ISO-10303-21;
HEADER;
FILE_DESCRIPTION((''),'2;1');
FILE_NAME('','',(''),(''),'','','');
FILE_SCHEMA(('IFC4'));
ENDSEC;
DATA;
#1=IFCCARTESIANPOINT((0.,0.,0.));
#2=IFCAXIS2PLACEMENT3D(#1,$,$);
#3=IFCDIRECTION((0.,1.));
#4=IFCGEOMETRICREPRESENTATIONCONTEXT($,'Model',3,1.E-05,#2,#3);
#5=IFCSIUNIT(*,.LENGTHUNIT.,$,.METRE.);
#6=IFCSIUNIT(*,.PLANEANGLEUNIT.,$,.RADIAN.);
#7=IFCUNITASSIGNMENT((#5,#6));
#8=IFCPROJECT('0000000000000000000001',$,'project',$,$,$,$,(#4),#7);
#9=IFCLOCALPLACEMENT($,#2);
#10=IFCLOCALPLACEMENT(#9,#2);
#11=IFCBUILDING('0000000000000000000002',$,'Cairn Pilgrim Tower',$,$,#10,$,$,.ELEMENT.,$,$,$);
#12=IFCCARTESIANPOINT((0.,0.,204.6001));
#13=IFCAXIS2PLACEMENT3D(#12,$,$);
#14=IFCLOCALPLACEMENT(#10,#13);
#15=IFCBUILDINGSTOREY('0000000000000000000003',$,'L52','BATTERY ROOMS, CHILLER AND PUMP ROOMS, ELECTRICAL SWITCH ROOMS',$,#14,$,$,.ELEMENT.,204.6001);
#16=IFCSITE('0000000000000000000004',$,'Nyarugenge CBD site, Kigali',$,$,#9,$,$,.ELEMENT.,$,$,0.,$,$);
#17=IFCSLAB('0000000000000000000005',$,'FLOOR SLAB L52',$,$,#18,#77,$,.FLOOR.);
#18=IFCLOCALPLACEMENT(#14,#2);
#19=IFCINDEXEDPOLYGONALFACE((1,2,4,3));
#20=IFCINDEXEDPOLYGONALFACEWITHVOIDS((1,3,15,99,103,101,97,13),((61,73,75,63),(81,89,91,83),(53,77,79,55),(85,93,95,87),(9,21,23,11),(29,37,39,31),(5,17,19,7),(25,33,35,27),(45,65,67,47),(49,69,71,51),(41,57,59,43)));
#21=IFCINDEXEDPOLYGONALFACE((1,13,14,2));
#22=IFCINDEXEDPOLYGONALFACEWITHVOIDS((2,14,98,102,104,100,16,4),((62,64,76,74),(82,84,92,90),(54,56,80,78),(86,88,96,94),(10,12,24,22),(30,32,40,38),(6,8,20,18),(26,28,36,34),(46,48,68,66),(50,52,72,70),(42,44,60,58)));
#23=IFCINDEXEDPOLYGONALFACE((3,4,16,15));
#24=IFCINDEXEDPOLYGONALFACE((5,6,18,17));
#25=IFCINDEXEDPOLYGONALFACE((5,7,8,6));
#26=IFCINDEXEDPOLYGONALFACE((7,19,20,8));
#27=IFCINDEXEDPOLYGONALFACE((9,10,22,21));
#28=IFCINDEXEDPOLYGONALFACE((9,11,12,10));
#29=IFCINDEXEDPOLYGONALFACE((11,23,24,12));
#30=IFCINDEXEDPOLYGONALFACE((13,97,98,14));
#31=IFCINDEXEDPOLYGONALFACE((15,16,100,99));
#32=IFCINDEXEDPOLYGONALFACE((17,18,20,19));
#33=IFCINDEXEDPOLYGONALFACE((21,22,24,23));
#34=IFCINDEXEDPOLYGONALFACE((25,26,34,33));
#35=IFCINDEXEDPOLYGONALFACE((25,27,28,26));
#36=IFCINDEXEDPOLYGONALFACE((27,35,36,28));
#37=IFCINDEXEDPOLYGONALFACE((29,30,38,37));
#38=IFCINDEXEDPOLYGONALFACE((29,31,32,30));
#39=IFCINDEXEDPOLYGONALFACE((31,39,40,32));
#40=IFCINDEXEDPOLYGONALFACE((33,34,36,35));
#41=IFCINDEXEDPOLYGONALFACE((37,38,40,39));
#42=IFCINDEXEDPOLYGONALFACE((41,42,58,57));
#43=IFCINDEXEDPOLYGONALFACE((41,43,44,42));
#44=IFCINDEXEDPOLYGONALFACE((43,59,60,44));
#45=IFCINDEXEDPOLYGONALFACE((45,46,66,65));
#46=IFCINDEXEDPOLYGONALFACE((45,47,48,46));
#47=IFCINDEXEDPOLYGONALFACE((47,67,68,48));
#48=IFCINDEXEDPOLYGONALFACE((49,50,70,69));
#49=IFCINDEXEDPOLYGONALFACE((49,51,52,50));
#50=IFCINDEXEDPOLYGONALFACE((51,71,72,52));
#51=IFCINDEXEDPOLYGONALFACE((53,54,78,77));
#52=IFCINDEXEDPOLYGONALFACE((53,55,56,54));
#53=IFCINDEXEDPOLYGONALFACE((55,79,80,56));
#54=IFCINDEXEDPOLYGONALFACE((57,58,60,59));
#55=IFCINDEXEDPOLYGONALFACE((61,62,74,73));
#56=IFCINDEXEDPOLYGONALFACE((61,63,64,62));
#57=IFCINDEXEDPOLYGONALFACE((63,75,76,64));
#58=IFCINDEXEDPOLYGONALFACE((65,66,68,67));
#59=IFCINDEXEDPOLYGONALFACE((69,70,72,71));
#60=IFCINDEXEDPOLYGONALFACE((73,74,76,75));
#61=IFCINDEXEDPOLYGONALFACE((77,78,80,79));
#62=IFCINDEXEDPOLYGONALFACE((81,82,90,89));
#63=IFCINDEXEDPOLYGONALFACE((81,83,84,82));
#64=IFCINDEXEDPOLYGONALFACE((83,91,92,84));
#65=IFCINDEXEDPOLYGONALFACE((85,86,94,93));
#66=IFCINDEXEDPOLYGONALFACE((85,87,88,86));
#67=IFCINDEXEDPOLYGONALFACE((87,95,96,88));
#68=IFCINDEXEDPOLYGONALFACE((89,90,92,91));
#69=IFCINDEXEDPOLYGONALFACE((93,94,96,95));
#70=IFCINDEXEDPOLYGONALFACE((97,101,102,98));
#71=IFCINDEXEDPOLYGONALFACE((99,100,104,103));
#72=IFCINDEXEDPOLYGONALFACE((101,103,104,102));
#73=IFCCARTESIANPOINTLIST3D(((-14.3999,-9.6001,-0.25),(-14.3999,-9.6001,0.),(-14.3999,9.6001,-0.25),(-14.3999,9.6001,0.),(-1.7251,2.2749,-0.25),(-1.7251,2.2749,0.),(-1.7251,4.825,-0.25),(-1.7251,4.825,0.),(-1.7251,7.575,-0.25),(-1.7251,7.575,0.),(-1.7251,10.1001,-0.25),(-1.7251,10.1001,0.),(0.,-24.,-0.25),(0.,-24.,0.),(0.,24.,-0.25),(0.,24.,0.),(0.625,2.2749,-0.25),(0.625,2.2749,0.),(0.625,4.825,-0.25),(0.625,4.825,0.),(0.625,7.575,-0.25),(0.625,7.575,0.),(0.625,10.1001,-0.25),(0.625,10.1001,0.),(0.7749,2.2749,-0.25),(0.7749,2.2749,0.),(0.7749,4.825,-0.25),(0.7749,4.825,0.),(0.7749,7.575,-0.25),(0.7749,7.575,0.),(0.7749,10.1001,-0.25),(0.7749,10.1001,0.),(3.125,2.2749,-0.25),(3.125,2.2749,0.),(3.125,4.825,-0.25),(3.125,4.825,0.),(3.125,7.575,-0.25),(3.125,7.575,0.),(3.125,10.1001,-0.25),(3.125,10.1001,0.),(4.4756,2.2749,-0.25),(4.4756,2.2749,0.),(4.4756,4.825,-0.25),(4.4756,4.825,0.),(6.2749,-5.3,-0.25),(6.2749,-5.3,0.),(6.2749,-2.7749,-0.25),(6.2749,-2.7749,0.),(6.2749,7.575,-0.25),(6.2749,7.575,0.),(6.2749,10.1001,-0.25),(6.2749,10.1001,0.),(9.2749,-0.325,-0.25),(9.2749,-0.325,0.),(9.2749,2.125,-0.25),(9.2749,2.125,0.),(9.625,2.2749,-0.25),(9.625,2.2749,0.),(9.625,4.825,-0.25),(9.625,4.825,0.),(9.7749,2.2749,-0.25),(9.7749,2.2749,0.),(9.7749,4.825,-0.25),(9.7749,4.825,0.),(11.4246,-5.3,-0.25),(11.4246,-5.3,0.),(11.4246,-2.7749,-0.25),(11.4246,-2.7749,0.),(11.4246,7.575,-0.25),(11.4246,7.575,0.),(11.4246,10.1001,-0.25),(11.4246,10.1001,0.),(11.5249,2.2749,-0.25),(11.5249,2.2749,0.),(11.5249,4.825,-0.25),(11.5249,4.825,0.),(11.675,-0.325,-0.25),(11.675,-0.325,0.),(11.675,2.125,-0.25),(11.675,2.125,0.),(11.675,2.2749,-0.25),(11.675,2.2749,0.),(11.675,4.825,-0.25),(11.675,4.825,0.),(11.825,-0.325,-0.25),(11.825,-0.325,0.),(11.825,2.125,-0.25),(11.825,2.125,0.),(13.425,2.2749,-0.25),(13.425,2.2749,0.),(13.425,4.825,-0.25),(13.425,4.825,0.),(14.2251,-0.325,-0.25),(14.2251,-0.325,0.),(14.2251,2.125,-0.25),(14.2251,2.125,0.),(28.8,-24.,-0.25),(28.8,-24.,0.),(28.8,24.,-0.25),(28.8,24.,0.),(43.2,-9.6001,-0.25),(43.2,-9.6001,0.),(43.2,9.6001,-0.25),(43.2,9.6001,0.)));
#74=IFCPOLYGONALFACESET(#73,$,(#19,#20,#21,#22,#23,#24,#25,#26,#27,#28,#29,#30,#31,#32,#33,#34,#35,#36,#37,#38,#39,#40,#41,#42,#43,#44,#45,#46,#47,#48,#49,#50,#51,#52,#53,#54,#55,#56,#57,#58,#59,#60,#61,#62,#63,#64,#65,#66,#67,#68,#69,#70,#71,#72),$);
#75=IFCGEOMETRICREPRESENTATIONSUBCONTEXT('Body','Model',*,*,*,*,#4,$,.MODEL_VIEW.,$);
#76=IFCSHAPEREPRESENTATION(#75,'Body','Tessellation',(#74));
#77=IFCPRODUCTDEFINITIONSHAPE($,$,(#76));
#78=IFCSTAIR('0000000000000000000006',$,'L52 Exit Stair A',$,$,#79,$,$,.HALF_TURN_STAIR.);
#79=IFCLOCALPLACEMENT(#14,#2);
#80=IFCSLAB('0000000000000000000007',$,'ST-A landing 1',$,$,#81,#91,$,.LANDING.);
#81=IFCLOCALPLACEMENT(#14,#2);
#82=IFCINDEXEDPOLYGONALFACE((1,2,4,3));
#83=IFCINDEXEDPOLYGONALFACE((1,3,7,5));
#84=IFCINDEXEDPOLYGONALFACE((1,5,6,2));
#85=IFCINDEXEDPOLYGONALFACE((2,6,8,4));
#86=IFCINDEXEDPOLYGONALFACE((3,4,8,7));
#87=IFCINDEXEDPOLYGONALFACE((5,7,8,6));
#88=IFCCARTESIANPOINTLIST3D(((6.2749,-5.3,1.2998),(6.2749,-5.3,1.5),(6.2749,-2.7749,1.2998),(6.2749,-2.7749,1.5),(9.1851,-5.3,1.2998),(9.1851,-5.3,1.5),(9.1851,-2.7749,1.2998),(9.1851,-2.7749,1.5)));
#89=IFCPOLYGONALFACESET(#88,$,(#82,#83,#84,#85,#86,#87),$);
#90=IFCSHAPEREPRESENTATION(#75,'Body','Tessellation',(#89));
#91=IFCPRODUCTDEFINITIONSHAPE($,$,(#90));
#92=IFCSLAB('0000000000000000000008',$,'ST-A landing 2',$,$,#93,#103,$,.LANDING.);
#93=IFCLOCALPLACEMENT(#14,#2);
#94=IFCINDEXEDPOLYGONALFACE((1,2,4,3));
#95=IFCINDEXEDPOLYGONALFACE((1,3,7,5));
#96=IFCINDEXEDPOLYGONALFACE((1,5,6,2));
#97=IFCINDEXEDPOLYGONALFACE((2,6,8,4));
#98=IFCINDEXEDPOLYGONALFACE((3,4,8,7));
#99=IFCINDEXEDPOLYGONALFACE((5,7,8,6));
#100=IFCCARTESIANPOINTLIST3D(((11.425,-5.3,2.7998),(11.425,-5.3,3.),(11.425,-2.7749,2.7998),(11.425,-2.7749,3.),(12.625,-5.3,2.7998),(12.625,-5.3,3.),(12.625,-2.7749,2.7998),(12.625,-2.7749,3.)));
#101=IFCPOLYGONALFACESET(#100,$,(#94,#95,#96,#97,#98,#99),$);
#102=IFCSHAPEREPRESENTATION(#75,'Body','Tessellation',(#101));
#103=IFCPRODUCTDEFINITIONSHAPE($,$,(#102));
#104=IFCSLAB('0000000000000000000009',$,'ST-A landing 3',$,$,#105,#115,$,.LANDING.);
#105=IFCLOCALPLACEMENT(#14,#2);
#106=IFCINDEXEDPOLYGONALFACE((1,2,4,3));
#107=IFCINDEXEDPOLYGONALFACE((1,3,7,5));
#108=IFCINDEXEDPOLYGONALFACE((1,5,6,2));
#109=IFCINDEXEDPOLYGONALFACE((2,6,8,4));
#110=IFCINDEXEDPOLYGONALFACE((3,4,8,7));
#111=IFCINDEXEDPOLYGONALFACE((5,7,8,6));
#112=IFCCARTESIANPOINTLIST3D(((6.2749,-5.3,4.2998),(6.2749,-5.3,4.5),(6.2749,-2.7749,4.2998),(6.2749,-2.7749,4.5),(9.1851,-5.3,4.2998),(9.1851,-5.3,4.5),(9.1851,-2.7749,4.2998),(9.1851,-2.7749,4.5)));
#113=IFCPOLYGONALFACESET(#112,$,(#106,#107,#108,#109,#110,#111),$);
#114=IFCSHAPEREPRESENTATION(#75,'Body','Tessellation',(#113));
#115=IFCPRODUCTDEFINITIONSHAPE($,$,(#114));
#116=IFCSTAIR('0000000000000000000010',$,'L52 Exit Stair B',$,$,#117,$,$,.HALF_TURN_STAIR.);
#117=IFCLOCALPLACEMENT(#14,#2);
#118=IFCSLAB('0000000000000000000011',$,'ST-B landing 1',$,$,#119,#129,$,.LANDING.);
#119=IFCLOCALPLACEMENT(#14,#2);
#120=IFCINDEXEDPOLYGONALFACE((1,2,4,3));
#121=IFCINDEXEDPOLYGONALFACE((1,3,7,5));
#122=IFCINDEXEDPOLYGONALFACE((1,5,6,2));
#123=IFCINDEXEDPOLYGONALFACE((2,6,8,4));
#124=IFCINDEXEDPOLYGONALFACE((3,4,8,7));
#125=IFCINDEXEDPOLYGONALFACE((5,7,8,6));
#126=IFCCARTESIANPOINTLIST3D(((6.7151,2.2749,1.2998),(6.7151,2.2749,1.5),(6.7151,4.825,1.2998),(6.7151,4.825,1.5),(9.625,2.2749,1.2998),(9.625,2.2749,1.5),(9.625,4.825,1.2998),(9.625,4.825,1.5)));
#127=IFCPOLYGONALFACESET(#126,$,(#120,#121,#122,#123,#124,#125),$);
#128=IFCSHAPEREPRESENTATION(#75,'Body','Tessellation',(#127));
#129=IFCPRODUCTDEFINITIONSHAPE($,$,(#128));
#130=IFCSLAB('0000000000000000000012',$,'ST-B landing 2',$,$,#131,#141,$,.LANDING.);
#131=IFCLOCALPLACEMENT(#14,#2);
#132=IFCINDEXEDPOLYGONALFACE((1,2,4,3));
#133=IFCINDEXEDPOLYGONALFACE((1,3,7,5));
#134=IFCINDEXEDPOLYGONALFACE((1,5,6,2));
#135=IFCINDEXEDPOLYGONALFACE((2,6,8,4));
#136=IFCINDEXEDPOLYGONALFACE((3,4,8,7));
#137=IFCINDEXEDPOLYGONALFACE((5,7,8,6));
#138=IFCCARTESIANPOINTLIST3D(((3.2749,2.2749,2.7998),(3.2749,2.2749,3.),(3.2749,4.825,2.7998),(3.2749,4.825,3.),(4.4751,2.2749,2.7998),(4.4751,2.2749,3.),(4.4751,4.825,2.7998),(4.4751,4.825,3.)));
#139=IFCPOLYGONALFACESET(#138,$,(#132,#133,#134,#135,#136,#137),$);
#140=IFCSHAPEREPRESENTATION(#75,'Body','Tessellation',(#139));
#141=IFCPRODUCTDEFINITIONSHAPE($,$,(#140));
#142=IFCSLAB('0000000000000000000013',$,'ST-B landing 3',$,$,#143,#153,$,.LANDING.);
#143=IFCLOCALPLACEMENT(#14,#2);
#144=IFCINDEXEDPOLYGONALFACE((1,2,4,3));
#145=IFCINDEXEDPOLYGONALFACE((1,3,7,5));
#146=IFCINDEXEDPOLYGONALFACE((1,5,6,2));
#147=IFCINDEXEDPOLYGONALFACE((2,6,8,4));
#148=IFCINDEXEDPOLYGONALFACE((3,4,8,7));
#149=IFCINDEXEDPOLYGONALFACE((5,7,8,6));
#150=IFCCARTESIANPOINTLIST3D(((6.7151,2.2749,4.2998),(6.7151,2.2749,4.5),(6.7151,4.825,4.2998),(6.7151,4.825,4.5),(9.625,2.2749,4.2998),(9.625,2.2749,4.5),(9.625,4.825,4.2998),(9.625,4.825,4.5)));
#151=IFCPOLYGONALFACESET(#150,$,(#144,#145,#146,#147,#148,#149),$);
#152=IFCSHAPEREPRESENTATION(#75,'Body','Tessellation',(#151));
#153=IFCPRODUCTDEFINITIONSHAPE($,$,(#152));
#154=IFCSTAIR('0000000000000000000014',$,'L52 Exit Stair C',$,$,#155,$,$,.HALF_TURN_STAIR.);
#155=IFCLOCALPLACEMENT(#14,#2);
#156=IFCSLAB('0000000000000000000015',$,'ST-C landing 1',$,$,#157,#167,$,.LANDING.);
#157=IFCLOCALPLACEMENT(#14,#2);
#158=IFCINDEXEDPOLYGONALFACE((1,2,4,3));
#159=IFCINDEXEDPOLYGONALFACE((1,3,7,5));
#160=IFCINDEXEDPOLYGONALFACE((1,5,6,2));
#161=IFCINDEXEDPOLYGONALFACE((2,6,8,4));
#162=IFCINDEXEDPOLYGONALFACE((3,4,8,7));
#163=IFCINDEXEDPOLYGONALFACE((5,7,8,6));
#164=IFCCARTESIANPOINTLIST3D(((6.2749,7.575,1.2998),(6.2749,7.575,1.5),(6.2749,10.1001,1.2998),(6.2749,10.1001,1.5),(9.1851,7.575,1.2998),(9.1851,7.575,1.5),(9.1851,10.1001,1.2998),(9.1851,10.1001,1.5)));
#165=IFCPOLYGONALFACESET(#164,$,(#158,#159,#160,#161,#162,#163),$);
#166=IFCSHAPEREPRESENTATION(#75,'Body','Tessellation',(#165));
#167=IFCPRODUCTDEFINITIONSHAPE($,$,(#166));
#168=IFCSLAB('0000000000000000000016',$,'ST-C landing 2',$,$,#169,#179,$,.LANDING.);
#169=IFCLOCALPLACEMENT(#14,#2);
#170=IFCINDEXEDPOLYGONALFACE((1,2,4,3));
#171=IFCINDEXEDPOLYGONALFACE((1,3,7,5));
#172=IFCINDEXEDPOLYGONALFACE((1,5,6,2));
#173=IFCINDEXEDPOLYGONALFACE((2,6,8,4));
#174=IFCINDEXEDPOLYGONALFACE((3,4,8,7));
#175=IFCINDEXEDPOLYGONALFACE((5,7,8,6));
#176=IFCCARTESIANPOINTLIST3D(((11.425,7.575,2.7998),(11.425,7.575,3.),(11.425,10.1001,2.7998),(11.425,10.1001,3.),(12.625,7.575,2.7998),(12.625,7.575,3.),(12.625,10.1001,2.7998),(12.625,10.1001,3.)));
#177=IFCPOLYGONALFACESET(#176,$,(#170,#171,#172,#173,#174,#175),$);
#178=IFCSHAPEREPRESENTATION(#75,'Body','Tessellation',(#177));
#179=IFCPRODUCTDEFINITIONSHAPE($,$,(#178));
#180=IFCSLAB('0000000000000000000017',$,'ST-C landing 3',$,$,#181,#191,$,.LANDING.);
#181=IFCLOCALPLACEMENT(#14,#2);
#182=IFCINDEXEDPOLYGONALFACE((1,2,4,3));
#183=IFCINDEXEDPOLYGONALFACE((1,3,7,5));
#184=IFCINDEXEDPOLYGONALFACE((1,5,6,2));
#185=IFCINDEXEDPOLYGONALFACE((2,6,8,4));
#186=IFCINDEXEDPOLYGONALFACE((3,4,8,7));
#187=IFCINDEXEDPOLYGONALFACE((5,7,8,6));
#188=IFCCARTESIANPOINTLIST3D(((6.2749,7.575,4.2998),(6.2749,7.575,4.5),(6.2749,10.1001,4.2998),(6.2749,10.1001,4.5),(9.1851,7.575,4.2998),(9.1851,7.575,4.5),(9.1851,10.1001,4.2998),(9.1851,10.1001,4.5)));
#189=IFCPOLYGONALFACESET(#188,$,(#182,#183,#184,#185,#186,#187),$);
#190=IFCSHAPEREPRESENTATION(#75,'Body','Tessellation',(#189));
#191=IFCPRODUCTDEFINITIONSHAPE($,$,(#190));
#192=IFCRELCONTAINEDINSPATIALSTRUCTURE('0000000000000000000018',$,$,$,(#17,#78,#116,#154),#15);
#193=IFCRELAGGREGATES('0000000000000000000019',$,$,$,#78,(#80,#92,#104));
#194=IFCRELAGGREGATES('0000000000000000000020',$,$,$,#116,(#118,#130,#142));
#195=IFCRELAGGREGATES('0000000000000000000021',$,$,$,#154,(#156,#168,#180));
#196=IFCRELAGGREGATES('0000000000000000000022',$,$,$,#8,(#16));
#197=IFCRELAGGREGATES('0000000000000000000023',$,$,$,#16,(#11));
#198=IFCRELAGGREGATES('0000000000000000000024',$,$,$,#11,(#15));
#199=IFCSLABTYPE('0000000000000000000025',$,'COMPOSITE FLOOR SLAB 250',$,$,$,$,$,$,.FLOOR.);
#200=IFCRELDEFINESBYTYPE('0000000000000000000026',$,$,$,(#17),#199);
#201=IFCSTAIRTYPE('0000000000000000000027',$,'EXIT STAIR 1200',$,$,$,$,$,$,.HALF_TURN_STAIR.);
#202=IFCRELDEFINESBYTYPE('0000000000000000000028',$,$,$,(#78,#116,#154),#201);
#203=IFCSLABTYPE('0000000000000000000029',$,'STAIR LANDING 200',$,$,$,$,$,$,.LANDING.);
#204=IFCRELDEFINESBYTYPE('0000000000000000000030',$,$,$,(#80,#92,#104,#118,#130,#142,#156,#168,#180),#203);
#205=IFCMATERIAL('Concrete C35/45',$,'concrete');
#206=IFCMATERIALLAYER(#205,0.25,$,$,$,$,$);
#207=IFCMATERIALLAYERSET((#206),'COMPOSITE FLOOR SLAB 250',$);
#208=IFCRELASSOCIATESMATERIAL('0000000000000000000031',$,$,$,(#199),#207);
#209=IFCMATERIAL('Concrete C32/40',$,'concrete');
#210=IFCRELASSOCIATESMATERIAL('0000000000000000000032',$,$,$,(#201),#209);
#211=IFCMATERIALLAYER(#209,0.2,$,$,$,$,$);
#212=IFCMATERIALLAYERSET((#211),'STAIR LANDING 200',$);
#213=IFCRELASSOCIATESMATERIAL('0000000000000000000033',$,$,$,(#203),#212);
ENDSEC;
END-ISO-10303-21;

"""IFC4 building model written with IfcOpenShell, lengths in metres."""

from ifc_helpers import new_model, si_unit, direction, frame, origin, place, context, subcontext, project, spatial, polyline, outline, extrude, material, layer, layer_set, type_object, element, aggregate, save


model = new_model("IFC4")

# Units and contexts
model_context = context("Model", 3, precision=1e-05, world=origin(), true_north=direction((0.0, 1.0)))
body_context = subcontext(model_context, "Body", "Model", "MODEL_VIEW")
ifc_project = project(units=[si_unit("LENGTHUNIT", "METRE"), si_unit("PLANEANGLEUNIT", "RADIAN")], contexts=[model_context])

# Site, building, storey
site_placement = place(None, origin())
site = spatial("IfcSite", under=ifc_project, at=site_placement, Name="Nyarugenge CBD site, Kigali", CompositionType="ELEMENT", RefElevation=0.0)
building_placement = place(site_placement, origin())
building = spatial("IfcBuilding", under=site, at=building_placement, Name="Cairn Pilgrim Tower", CompositionType="ELEMENT")
storey_placement = place(building_placement, frame((0.0, 0.0, 204.6001)))
storey = spatial("IfcBuildingStorey", under=building, at=storey_placement, Name="L52", Description="BATTERY ROOMS, CHILLER AND PUMP ROOMS, ELECTRICAL SWITCH ROOMS", CompositionType="ELEMENT", Elevation=204.6001)

# Slab
ifc_material_1 = material(Name="Concrete C35/45", Category="concrete")
ifc_layer_1 = layer(ifc_material_1, 0.25)
ifc_layer_set_1 = layer_set([ifc_layer_1], Name="COMPOSITE FLOOR SLAB 250")
slab_type_1 = type_object("IfcSlabType", Name="COMPOSITE FLOOR SLAB 250", PredefinedType="FLOOR", material=ifc_layer_set_1)
slab_1_placement = place(storey_placement, frame((0.0, 0.0, -0.25)))
element("IfcSlab", 1, at=slab_1_placement, inside=storey, type_object=slab_type_1, Name="FLOOR SLAB L52", PredefinedType="FLOOR", context=body_context, shape_type="SweptSolid", body=[
    extrude(outline(polyline([(0.0, -24.0), (28.8, -24.0), (43.2, -9.6001), (43.2, 9.6001), (28.8, 24.0), (0.0, 24.0), (-14.3999, 9.6001), (-14.3999, -9.6001), (0.0, -24.0)]), holes=[polyline([(9.2749, -0.325), (11.675, -0.325), (11.675, 2.125), (9.2749, 2.125), (9.2749, -0.325)]), polyline([(11.825, -0.325), (14.2251, -0.325), (14.2251, 2.125), (11.825, 2.125), (11.825, -0.325)]), polyline([(-1.7251, 2.2749), (0.625, 2.2749), (0.625, 4.825), (-1.7251, 4.825), (-1.7251, 2.2749)]), polyline([(0.7749, 2.2749), (3.125, 2.2749), (3.125, 4.825), (0.7749, 4.825), (0.7749, 2.2749)]), polyline([(-1.7251, 7.575), (0.625, 7.575), (0.625, 10.1001), (-1.7251, 10.1001), (-1.7251, 7.575)]), polyline([(0.7749, 7.575), (3.125, 7.575), (3.125, 10.1001), (0.7749, 10.1001), (0.7749, 7.575)]), polyline([(9.7749, 2.2749), (11.5249, 2.2749), (11.5249, 4.825), (9.7749, 4.825), (9.7749, 2.2749)]), polyline([(11.675, 2.2749), (13.425, 2.2749), (13.425, 4.825), (11.675, 4.825), (11.675, 2.2749)]), polyline([(11.4246, -2.7749), (6.2749, -2.7749), (6.2749, -5.3), (11.4246, -5.3), (11.4246, -2.7749)]), polyline([(4.4756, 2.2749), (9.625, 2.2749), (9.625, 4.825), (4.4756, 4.825), (4.4756, 2.2749)]), polyline([(11.4246, 10.1001), (6.2749, 10.1001), (6.2749, 7.575), (11.4246, 7.575), (11.4246, 10.1001)])]), origin(), (0.0, 0.0, 1.0), 0.25),
])

# Stairs, slabs
ifc_material_2 = material(Name="Concrete C32/40", Category="concrete")
stair_type = type_object("IfcStairType", Name="EXIT STAIR 1200", PredefinedType="HALF_TURN_STAIR", material=ifc_material_2)
stair_1_placement = place(storey_placement, origin())
stair_1 = element("IfcStair", 2, at=stair_1_placement, inside=storey, type_object=stair_type, Name="L52 Exit Stair A", PredefinedType="HALF_TURN_STAIR")
ifc_layer_2 = layer(ifc_material_2, 0.2)
ifc_layer_set_2 = layer_set([ifc_layer_2], Name="STAIR LANDING 200")
slab_type_2 = type_object("IfcSlabType", Name="STAIR LANDING 200", PredefinedType="LANDING", material=ifc_layer_set_2)
slab_2_placement = place(storey_placement, frame((0.0, 0.0, 1.2998)))
slab_2 = element("IfcSlab", 3, at=slab_2_placement, type_object=slab_type_2, Name="ST-A landing 1", PredefinedType="LANDING", context=body_context, shape_type="SweptSolid", body=[
    extrude(outline(polyline([(9.1851, -2.7749), (6.2749, -2.7749), (6.2749, -5.3), (9.1851, -5.3), (9.1851, -2.7749)])), origin(), (0.0, 0.0, 1.0), 0.2002),
])
slab_3_placement = place(storey_placement, frame((0.0, 0.0, 2.7998)))
slab_3 = element("IfcSlab", 4, at=slab_3_placement, type_object=slab_type_2, Name="ST-A landing 2", PredefinedType="LANDING", context=body_context, shape_type="SweptSolid", body=[
    extrude(outline(polyline([(12.625, -2.7749), (11.425, -2.7749), (11.425, -5.3), (12.625, -5.3), (12.625, -2.7749)])), origin(), (0.0, 0.0, 1.0), 0.2002),
])
slab_4_placement = place(storey_placement, frame((0.0, 0.0, 4.2998)))
slab_4 = element("IfcSlab", 5, at=slab_4_placement, type_object=slab_type_2, Name="ST-A landing 3", PredefinedType="LANDING", context=body_context, shape_type="SweptSolid", body=[
    extrude(outline(polyline([(9.1851, -2.7749), (6.2749, -2.7749), (6.2749, -5.3), (9.1851, -5.3), (9.1851, -2.7749)])), origin(), (0.0, 0.0, 1.0), 0.2002),
])
aggregate(stair_1, [slab_2, slab_3, slab_4])
stair_2_placement = place(storey_placement, origin())
stair_2 = element("IfcStair", 6, at=stair_2_placement, inside=storey, type_object=stair_type, Name="L52 Exit Stair B", PredefinedType="HALF_TURN_STAIR")
slab_5_placement = place(storey_placement, frame((0.0, 0.0, 1.2998)))
slab_5 = element("IfcSlab", 7, at=slab_5_placement, type_object=slab_type_2, Name="ST-B landing 1", PredefinedType="LANDING", context=body_context, shape_type="SweptSolid", body=[
    extrude(outline(polyline([(6.7151, 2.2749), (9.625, 2.2749), (9.625, 4.825), (6.7151, 4.825), (6.7151, 2.2749)])), origin(), (0.0, 0.0, 1.0), 0.2002),
])
slab_6_placement = place(storey_placement, frame((0.0, 0.0, 2.7998)))
slab_6 = element("IfcSlab", 8, at=slab_6_placement, type_object=slab_type_2, Name="ST-B landing 2", PredefinedType="LANDING", context=body_context, shape_type="SweptSolid", body=[
    extrude(outline(polyline([(3.2749, 2.2749), (4.4751, 2.2749), (4.4751, 4.825), (3.2749, 4.825), (3.2749, 2.2749)])), origin(), (0.0, 0.0, 1.0), 0.2002),
])
slab_7_placement = place(storey_placement, frame((0.0, 0.0, 4.2998)))
slab_7 = element("IfcSlab", 9, at=slab_7_placement, type_object=slab_type_2, Name="ST-B landing 3", PredefinedType="LANDING", context=body_context, shape_type="SweptSolid", body=[
    extrude(outline(polyline([(6.7151, 2.2749), (9.625, 2.2749), (9.625, 4.825), (6.7151, 4.825), (6.7151, 2.2749)])), origin(), (0.0, 0.0, 1.0), 0.2002),
])
aggregate(stair_2, [slab_5, slab_6, slab_7])
stair_3_placement = place(storey_placement, origin())
stair_3 = element("IfcStair", 10, at=stair_3_placement, inside=storey, type_object=stair_type, Name="L52 Exit Stair C", PredefinedType="HALF_TURN_STAIR")
slab_8_placement = place(storey_placement, frame((0.0, 0.0, 1.2998)))
slab_8 = element("IfcSlab", 11, at=slab_8_placement, type_object=slab_type_2, Name="ST-C landing 1", PredefinedType="LANDING", context=body_context, shape_type="SweptSolid", body=[
    extrude(outline(polyline([(9.1851, 10.1001), (6.2749, 10.1001), (6.2749, 7.575), (9.1851, 7.575), (9.1851, 10.1001)])), origin(), (0.0, 0.0, 1.0), 0.2002),
])
slab_9_placement = place(storey_placement, frame((0.0, 0.0, 2.7998)))
slab_9 = element("IfcSlab", 12, at=slab_9_placement, type_object=slab_type_2, Name="ST-C landing 2", PredefinedType="LANDING", context=body_context, shape_type="SweptSolid", body=[
    extrude(outline(polyline([(12.625, 10.1001), (11.425, 10.1001), (11.425, 7.575), (12.625, 7.575), (12.625, 10.1001)])), origin(), (0.0, 0.0, 1.0), 0.2002),
])
slab_10_placement = place(storey_placement, frame((0.0, 0.0, 4.2998)))
slab_10 = element("IfcSlab", 13, at=slab_10_placement, type_object=slab_type_2, Name="ST-C landing 3", PredefinedType="LANDING", context=body_context, shape_type="SweptSolid", body=[
    extrude(outline(polyline([(9.1851, 10.1001), (6.2749, 10.1001), (6.2749, 7.575), (9.1851, 7.575), (9.1851, 10.1001)])), origin(), (0.0, 0.0, 1.0), 0.2002),
])
aggregate(stair_3, [slab_8, slab_9, slab_10])

save(model, "model.ifc")
